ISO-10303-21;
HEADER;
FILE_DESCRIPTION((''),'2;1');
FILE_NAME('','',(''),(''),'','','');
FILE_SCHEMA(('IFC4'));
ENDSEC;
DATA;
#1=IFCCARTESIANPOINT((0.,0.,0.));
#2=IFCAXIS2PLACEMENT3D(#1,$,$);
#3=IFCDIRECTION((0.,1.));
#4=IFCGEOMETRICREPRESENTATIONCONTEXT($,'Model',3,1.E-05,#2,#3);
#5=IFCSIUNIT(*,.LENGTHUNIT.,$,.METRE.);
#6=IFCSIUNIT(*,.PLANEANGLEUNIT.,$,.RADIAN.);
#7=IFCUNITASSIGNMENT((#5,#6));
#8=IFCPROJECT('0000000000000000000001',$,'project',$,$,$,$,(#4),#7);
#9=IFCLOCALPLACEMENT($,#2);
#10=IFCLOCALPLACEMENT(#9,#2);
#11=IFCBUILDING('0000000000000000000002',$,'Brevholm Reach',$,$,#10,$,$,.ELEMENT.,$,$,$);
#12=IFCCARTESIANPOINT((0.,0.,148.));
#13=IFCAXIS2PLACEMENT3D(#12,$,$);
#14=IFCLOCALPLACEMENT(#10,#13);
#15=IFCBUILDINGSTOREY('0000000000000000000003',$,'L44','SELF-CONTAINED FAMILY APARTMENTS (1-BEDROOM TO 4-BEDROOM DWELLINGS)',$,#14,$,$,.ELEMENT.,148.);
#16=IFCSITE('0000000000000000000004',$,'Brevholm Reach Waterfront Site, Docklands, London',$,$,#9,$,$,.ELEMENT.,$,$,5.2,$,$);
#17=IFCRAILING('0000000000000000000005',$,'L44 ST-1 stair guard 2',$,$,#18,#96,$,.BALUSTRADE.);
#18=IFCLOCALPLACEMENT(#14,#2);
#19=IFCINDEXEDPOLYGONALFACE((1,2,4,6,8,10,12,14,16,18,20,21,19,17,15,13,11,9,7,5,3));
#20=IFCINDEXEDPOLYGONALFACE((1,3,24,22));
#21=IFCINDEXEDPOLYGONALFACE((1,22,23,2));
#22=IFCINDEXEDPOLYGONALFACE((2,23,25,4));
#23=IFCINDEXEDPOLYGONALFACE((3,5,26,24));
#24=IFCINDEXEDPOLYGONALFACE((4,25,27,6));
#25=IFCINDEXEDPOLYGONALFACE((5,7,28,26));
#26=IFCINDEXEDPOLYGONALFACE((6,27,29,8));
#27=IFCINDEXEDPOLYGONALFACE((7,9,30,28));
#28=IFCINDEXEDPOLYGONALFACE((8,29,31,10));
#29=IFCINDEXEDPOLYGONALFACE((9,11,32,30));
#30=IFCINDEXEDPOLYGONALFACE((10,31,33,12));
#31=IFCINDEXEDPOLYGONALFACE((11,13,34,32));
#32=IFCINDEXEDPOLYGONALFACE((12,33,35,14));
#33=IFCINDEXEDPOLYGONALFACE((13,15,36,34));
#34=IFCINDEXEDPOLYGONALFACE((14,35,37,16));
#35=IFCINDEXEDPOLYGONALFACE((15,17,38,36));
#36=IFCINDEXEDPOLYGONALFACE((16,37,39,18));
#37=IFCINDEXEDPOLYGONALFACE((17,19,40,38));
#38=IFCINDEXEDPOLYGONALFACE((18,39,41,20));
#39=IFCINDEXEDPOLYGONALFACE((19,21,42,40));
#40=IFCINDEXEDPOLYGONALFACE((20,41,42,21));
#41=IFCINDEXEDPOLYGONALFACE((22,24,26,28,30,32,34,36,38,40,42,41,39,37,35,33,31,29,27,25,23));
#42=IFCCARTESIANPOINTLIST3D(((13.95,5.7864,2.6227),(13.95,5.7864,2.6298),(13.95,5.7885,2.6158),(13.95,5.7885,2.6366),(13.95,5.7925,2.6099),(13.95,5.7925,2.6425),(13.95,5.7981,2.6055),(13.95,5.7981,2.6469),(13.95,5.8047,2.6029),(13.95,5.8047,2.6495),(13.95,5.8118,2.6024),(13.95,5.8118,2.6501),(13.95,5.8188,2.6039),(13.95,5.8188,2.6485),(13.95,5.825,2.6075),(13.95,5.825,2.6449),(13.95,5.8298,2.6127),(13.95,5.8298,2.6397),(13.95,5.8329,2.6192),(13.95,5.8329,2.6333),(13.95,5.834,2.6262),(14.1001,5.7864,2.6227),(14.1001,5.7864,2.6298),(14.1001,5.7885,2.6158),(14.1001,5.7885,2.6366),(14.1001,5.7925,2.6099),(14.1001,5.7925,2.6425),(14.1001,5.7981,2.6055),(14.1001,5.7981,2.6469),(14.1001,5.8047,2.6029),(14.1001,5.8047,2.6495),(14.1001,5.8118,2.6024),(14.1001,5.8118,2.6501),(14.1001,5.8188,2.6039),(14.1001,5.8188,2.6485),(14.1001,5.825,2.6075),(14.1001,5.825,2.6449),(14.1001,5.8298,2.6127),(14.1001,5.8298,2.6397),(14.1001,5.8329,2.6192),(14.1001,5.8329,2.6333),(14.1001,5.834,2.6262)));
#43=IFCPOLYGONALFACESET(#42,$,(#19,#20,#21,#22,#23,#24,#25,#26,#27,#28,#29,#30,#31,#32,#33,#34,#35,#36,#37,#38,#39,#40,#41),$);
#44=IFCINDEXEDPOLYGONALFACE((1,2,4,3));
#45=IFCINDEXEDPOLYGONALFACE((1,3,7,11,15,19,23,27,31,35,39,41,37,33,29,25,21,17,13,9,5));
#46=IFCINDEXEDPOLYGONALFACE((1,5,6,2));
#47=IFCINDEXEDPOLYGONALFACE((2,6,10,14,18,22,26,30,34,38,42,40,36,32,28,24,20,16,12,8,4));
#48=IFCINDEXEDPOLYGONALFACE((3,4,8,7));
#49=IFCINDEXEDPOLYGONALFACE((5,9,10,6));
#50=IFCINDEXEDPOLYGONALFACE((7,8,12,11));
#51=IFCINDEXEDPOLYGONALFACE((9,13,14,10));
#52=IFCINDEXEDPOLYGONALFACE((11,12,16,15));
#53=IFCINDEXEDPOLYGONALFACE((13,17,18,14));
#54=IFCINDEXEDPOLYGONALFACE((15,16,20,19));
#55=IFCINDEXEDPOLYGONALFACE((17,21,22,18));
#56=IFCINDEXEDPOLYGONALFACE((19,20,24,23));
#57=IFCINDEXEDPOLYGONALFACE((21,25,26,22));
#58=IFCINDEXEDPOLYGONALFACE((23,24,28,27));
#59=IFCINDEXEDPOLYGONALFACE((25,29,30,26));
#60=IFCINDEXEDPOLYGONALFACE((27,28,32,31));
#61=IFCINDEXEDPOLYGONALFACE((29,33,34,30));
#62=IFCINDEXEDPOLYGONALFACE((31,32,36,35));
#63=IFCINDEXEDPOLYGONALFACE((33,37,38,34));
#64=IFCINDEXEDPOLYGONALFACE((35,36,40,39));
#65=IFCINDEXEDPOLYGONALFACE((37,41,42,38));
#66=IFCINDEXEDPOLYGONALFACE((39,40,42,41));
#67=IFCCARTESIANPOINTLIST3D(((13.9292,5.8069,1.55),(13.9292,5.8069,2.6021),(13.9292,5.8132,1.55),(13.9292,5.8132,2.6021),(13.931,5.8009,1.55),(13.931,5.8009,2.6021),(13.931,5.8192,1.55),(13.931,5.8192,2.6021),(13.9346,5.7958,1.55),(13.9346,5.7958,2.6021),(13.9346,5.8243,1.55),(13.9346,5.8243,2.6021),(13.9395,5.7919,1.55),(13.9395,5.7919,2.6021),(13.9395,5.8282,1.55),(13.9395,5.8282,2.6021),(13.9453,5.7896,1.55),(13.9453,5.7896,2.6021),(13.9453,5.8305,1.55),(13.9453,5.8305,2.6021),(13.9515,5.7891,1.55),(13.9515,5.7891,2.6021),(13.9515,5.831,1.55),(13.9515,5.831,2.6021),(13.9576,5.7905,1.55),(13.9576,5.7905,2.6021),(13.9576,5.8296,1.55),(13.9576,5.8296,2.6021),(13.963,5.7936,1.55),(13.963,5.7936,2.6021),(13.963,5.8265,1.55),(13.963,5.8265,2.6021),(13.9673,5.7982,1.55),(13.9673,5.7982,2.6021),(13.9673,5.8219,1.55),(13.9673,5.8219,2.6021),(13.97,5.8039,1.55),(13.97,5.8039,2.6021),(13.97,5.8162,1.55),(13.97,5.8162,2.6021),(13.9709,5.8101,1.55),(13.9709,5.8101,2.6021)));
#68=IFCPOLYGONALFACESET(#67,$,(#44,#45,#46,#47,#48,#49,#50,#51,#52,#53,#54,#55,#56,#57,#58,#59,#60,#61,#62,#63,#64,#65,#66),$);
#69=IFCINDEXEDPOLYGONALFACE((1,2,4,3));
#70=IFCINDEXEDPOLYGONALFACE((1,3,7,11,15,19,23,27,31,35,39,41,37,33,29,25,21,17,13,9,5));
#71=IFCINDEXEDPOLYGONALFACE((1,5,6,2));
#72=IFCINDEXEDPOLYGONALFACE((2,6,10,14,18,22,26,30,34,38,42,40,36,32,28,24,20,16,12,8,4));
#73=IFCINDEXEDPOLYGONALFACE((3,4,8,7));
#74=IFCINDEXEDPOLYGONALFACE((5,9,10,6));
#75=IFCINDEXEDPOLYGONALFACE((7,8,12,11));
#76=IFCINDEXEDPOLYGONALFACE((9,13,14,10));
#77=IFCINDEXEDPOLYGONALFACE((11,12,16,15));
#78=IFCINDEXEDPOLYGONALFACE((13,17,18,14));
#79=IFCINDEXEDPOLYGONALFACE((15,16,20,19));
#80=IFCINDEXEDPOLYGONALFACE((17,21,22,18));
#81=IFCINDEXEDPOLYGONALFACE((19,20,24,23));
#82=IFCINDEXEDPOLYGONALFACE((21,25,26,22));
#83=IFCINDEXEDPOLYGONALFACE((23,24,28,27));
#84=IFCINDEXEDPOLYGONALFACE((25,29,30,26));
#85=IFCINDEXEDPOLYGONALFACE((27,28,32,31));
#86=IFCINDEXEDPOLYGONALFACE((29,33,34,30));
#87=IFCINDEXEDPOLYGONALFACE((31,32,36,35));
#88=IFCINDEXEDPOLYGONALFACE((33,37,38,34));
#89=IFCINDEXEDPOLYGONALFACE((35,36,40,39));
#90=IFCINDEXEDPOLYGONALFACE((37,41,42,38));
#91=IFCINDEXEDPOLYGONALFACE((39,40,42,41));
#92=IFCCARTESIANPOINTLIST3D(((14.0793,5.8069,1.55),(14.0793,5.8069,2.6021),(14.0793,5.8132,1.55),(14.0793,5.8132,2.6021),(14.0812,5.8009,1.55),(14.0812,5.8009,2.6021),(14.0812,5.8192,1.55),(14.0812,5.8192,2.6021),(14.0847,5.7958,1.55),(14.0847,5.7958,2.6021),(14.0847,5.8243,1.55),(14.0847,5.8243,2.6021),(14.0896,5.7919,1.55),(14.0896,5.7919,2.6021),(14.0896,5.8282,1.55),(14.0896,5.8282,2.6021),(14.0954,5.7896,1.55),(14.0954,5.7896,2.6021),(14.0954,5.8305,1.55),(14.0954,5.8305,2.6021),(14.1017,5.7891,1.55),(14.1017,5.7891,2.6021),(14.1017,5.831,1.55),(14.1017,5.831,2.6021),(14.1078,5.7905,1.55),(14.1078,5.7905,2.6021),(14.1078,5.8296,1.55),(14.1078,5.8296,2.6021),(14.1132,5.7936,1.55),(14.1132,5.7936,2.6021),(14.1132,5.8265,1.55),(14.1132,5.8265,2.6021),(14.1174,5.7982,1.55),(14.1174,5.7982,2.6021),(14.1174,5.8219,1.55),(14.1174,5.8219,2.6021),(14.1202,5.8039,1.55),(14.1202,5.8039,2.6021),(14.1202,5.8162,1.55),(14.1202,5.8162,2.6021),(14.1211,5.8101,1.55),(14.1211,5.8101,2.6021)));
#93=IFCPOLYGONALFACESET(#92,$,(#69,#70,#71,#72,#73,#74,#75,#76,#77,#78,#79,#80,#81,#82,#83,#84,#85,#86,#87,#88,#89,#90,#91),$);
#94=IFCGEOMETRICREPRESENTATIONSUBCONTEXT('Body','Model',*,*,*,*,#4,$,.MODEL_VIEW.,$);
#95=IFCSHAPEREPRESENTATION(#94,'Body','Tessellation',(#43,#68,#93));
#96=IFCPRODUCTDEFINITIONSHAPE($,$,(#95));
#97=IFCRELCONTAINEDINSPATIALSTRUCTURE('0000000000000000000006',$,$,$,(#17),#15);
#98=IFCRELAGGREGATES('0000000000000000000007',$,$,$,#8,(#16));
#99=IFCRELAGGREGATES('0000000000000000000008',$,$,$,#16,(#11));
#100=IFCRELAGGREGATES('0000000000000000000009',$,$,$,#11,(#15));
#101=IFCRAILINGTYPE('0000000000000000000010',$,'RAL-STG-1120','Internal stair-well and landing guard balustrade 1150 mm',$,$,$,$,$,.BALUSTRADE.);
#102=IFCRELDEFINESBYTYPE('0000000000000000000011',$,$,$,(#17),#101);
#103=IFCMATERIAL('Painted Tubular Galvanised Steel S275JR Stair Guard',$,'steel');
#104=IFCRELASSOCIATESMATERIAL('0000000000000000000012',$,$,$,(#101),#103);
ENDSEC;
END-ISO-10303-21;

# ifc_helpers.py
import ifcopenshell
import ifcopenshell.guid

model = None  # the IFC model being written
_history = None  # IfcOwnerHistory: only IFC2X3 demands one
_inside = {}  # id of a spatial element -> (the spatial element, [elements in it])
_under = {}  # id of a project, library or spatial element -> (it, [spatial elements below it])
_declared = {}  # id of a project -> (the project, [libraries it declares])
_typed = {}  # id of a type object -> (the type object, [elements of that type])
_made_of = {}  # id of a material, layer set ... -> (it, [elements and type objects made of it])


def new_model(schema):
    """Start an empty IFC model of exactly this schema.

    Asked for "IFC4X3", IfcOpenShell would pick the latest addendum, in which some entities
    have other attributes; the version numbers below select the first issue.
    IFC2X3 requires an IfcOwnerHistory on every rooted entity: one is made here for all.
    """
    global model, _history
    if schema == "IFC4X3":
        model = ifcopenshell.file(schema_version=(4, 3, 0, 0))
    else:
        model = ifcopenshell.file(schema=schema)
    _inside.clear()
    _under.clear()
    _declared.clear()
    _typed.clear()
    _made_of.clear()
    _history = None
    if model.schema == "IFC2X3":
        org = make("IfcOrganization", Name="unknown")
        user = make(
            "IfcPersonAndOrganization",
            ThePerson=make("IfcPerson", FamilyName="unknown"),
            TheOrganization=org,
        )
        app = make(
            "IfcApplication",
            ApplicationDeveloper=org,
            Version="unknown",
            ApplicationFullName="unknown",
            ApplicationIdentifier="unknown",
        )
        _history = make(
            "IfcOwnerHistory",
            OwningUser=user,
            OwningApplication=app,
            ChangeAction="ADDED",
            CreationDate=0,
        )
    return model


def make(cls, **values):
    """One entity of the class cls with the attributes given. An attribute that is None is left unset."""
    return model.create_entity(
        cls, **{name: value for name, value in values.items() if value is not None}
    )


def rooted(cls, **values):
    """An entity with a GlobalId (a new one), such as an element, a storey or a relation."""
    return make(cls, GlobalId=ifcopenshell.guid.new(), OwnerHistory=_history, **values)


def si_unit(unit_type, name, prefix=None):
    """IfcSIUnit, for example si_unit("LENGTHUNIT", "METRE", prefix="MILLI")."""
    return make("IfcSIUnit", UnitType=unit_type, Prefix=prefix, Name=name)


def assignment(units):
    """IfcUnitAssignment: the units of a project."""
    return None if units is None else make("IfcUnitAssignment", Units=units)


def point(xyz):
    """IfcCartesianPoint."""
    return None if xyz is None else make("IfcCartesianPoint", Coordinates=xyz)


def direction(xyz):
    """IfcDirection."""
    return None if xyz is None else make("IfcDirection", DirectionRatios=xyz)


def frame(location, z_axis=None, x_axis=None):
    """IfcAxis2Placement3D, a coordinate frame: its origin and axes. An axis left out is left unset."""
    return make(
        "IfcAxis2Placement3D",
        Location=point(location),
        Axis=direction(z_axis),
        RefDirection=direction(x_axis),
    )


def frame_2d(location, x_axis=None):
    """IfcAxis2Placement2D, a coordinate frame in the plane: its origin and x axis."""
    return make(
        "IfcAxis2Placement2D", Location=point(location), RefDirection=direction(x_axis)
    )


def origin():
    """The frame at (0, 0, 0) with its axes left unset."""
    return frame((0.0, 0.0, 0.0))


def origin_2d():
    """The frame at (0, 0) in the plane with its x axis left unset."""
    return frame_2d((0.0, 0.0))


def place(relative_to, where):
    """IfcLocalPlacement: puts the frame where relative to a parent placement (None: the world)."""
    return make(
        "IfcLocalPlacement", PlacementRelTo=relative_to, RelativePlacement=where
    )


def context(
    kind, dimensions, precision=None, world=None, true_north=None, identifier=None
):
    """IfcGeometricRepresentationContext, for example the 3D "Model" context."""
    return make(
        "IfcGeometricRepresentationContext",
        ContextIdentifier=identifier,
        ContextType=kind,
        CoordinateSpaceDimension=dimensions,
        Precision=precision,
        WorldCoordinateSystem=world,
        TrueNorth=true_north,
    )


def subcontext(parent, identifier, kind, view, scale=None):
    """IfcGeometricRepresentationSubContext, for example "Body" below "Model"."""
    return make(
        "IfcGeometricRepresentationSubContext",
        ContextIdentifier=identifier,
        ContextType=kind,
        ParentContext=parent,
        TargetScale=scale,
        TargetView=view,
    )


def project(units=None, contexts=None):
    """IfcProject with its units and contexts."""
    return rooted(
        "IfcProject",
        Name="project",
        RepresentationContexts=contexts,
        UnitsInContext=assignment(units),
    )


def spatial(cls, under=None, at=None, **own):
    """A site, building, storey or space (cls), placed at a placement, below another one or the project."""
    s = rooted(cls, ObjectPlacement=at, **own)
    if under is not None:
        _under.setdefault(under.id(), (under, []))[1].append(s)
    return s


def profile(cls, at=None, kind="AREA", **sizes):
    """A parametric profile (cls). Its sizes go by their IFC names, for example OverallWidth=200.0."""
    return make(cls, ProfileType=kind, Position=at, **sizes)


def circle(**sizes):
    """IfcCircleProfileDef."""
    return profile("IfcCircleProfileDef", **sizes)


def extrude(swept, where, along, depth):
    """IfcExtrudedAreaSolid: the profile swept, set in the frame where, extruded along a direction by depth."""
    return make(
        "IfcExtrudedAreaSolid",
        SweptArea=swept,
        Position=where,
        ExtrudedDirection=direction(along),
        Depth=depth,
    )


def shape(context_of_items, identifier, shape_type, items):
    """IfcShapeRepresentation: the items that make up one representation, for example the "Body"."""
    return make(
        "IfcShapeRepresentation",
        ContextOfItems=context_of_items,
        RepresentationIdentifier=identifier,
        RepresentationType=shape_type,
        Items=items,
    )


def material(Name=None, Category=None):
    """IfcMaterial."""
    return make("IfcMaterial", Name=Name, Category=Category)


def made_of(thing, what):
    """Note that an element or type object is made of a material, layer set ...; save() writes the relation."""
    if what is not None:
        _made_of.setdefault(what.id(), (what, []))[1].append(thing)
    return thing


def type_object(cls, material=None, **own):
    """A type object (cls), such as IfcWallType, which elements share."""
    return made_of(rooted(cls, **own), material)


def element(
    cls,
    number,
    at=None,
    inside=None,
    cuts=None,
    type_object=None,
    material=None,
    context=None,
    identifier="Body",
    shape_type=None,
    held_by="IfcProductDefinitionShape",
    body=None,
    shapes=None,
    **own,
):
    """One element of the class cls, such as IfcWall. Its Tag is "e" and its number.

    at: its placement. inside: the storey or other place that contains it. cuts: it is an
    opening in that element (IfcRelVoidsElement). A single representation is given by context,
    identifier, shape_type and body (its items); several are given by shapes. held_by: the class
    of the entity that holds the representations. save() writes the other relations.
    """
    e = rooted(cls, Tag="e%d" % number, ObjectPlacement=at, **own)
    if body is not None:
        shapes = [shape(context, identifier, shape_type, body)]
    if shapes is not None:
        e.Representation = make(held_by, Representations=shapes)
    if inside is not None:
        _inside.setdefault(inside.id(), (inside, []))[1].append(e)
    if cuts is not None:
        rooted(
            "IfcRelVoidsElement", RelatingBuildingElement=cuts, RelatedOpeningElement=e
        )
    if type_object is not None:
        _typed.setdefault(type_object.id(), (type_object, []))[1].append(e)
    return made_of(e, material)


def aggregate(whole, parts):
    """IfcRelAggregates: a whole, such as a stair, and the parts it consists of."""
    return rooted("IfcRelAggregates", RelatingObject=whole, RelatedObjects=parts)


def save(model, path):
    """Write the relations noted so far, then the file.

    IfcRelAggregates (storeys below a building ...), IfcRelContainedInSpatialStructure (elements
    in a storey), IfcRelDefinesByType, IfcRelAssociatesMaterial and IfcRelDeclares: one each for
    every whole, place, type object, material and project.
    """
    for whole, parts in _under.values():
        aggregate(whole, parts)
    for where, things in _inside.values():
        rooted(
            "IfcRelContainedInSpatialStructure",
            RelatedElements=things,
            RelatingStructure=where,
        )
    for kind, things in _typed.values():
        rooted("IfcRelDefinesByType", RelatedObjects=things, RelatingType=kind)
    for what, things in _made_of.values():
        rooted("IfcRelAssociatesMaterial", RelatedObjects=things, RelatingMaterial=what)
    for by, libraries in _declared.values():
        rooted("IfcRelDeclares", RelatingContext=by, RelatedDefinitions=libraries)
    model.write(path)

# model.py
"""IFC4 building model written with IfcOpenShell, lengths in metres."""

from ifc_helpers import new_model, si_unit, direction, frame, origin, origin_2d, place, context, subcontext, project, spatial, circle, extrude, material, type_object, element, save


model = new_model("IFC4")

# Units and contexts
model_context = context("Model", 3, precision=1e-05, world=origin(), true_north=direction((0.0, 1.0)))
body_context = subcontext(model_context, "Body", "Model", "MODEL_VIEW")
ifc_project = project(units=[si_unit("LENGTHUNIT", "METRE"), si_unit("PLANEANGLEUNIT", "RADIAN")], contexts=[model_context])

# Site, building, storey
site_placement = place(None, origin())
site = spatial("IfcSite", under=ifc_project, at=site_placement, Name="Brevholm Reach Waterfront Site, Docklands, London", CompositionType="ELEMENT", RefElevation=5.2)
building_placement = place(site_placement, origin())
building = spatial("IfcBuilding", under=site, at=building_placement, Name="Brevholm Reach", CompositionType="ELEMENT")
storey_placement = place(building_placement, frame((0.0, 0.0, 148.0)))
storey = spatial("IfcBuildingStorey", under=building, at=storey_placement, Name="L44", Description="SELF-CONTAINED FAMILY APARTMENTS (1-BEDROOM TO 4-BEDROOM DWELLINGS)", CompositionType="ELEMENT", Elevation=148.0)

# Railing
ifc_material_1 = material(Name="Painted Tubular Galvanised Steel S275JR Stair Guard", Category="steel")
railing_type_1 = type_object("IfcRailingType", Name="RAL-STG-1120", Description="Internal stair-well and landing guard balustrade 1150 mm", PredefinedType="BALUSTRADE", material=ifc_material_1)
railing_1_placement = place(storey_placement, frame((13.95, 5.8101, 1.55)))
element("IfcRailing", 1, at=railing_1_placement, inside=storey, type_object=railing_type_1, Name="L44 ST-1 stair guard 2", PredefinedType="BALUSTRADE", context=body_context, shape_type="SweptSolid", body=[
    extrude(circle(Radius=0.0239, at=origin_2d()), frame((0.0, 0.0, 1.0762), z_axis=(1.0, 0.0, 0.0), x_axis=(0.0, 1.0, 0.0)), (0.0, 0.0, 1.0), 0.1501),
    extrude(circle(Radius=0.021, at=origin_2d()), origin(), (0.0, 0.0, 1.0), 1.052),
    extrude(circle(Radius=0.021, at=origin_2d()), frame((0.1501, 0.0, 0.0)), (0.0, 0.0, 1.0), 1.052),
])

save(model, "model.ifc")
